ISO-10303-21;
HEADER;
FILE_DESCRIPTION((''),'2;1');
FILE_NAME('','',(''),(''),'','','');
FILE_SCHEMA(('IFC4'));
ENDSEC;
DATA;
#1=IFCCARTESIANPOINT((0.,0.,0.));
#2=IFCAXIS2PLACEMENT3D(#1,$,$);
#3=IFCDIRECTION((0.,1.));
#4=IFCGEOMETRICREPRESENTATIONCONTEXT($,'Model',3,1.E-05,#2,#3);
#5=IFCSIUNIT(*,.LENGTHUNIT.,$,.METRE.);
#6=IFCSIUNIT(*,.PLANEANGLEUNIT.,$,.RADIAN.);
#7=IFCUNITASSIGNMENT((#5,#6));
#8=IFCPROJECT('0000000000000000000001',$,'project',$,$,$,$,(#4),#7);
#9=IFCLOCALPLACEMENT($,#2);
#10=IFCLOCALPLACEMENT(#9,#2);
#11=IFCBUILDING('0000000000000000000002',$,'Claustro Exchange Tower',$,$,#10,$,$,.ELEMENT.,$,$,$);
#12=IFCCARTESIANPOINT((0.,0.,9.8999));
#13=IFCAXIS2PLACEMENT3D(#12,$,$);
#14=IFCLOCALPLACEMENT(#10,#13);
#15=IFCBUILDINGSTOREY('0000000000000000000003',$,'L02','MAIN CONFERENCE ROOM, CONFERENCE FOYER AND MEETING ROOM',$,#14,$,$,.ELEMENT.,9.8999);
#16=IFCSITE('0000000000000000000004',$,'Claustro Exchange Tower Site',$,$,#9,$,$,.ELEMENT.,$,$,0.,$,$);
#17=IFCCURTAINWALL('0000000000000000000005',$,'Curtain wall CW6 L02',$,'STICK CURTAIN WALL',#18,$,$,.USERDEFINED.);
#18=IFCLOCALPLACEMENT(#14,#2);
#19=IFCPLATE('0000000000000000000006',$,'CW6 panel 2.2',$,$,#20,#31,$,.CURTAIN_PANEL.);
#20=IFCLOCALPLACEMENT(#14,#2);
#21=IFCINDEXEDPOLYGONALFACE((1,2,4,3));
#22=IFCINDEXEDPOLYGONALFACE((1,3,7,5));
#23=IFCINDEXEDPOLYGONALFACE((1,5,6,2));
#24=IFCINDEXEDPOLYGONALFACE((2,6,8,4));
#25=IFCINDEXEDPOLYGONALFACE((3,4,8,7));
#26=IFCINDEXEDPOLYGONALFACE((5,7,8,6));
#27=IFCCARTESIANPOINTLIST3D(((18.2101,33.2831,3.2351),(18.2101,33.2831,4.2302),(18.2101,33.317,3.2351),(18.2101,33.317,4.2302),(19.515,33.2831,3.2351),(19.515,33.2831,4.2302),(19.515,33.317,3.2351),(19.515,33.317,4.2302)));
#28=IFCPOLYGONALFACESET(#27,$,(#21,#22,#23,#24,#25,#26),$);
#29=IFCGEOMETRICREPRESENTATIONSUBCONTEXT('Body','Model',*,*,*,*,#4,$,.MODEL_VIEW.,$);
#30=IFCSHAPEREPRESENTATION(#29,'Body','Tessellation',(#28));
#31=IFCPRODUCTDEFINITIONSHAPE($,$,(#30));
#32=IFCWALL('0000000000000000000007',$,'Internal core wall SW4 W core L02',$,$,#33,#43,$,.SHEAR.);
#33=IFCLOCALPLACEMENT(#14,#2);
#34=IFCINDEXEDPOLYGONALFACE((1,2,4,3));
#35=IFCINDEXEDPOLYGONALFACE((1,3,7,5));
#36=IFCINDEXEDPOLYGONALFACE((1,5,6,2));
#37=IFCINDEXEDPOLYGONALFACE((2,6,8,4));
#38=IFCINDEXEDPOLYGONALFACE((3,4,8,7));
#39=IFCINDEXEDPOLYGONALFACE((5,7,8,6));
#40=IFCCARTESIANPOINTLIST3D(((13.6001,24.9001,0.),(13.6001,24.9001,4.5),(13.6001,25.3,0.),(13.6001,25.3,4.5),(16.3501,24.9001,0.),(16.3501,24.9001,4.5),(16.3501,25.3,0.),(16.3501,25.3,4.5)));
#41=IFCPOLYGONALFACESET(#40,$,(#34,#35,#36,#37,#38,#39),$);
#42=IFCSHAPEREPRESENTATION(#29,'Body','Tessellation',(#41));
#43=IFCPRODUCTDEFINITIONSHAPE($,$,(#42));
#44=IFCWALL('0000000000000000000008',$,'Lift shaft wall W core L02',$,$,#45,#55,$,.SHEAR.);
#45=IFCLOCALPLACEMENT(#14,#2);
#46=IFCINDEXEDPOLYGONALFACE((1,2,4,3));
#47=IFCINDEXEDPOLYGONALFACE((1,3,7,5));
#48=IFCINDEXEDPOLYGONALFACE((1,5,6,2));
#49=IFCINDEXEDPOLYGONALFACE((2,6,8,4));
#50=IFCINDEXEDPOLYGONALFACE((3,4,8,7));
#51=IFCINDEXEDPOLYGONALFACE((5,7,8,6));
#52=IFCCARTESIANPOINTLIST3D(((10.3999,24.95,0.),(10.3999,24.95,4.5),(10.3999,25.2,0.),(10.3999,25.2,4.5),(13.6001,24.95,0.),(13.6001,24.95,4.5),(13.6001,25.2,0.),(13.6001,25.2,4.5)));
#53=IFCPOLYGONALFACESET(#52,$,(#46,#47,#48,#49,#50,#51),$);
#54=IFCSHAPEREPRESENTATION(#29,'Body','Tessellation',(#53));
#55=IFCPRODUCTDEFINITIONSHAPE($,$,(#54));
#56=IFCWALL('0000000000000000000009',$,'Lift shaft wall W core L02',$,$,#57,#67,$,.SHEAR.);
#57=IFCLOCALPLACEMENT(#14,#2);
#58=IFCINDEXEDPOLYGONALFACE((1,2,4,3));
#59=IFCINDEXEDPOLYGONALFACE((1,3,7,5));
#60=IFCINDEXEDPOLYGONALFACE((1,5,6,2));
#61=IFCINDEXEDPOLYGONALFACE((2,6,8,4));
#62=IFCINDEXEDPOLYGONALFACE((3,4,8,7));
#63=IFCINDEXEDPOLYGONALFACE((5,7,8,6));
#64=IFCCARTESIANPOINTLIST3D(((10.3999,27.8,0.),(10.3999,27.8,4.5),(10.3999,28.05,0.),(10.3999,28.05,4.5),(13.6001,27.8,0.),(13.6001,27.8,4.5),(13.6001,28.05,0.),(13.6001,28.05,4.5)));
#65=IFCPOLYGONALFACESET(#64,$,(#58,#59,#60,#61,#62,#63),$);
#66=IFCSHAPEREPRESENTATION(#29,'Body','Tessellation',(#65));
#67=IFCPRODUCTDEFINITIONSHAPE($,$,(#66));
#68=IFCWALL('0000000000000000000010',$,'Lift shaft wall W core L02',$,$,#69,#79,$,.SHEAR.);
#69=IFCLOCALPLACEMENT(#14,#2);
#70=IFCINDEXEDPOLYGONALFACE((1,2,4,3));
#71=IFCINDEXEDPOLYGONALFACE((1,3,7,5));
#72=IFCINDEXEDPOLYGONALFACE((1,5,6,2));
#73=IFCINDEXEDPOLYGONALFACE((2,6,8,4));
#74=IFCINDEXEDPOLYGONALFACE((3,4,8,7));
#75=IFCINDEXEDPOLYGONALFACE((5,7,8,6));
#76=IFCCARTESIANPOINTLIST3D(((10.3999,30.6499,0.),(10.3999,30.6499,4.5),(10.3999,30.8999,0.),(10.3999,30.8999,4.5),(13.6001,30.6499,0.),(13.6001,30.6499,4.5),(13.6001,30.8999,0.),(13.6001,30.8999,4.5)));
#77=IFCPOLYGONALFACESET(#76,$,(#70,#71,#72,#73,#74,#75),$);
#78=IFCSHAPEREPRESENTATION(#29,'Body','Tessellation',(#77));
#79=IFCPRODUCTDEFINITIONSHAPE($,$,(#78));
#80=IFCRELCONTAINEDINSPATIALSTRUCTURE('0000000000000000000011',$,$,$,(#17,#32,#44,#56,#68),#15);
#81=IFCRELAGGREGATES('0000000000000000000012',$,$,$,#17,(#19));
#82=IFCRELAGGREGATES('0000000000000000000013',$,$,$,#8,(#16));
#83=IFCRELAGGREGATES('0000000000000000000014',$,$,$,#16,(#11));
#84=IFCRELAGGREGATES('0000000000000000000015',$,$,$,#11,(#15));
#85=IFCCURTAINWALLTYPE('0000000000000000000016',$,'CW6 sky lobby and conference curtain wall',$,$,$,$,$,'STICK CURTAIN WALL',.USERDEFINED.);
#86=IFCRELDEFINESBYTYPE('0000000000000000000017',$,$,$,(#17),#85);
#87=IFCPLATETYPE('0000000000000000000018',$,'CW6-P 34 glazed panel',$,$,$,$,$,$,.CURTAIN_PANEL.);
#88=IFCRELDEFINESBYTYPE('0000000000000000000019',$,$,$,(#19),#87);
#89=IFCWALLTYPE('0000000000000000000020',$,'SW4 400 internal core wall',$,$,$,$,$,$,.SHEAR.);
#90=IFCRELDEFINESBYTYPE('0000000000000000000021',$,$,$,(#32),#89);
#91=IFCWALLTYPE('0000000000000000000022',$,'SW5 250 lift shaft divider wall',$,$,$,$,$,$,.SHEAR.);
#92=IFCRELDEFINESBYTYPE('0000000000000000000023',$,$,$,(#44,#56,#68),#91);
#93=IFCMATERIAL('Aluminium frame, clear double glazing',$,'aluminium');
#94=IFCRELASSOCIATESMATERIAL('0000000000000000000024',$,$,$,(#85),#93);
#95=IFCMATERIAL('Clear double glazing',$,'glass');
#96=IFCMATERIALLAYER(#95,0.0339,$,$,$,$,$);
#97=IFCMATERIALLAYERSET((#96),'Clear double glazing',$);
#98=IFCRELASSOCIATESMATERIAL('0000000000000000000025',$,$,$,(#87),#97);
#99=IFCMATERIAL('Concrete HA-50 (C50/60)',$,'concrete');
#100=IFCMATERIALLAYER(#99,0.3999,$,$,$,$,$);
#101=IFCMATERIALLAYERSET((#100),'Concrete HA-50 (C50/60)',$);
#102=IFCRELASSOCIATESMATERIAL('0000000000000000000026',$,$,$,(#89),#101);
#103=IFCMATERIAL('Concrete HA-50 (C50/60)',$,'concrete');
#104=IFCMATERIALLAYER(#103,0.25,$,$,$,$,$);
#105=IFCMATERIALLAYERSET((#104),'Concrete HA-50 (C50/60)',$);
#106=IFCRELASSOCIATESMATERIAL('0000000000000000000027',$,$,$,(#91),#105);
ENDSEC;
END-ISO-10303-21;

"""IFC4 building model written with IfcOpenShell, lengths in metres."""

from ifc_helpers import new_model, si_unit, direction, frame, frame_2d, origin, origin_2d, place, context, subcontext, project, spatial, rectangle, extrude, material, layer, layer_set, type_object, element, aggregate, save


model = new_model("IFC4")

# Units and contexts
model_context = context("Model", 3, precision=1e-05, world=origin(), true_north=direction((0.0, 1.0)))
body_context = subcontext(model_context, "Body", "Model", "MODEL_VIEW")
ifc_project = project(units=[si_unit("LENGTHUNIT", "METRE"), si_unit("PLANEANGLEUNIT", "RADIAN")], contexts=[model_context])

# Site, building, storey
site_placement = place(None, origin())
site = spatial("IfcSite", under=ifc_project, at=site_placement, Name="Claustro Exchange Tower Site", CompositionType="ELEMENT", RefElevation=0.0)
building_placement = place(site_placement, origin())
building = spatial("IfcBuilding", under=site, at=building_placement, Name="Claustro Exchange Tower", CompositionType="ELEMENT")
storey_placement = place(building_placement, frame((0.0, 0.0, 9.8999)))
storey = spatial("IfcBuildingStorey", under=building, at=storey_placement, Name="L02", Description="MAIN CONFERENCE ROOM, CONFERENCE FOYER AND MEETING ROOM", CompositionType="ELEMENT", Elevation=9.8999)

# Curtain wall, plate
ifc_material_1 = material(Name="Aluminium frame, clear double glazing", Category="aluminium")
curtain_wall_type_1 = type_object("IfcCurtainWallType", Name="CW6 sky lobby and conference curtain wall", ElementType="STICK CURTAIN WALL", PredefinedType="USERDEFINED", material=ifc_material_1)
curtain_wall_1_placement = place(storey_placement, origin())
curtain_wall_1 = element("IfcCurtainWall", 1, at=curtain_wall_1_placement, inside=storey, type_object=curtain_wall_type_1, Name="Curtain wall CW6 L02", ObjectType="STICK CURTAIN WALL", PredefinedType="USERDEFINED")
ifc_material_2 = material(Name="Clear double glazing", Category="glass")
ifc_layer_1 = layer(ifc_material_2, 0.0339)
ifc_layer_set_1 = layer_set([ifc_layer_1], Name="Clear double glazing")
plate_type = type_object("IfcPlateType", Name="CW6-P 34 glazed panel", PredefinedType="CURTAIN_PANEL", material=ifc_layer_set_1)
plate_1_placement = place(storey_placement, frame((18.8625, 33.3, 3.2351), z_axis=(0.0, 0.0, 1.0), x_axis=(1.0, 0.0, 0.0)))
plate_1 = element("IfcPlate", 2, at=plate_1_placement, type_object=plate_type, Name="CW6 panel 2.2", PredefinedType="CURTAIN_PANEL", context=body_context, shape_type="SweptSolid", body=[
    extrude(rectangle(XDim=1.3049, YDim=0.0339, at=origin_2d()), origin(), (0.0, 0.0, 1.0), 0.9951),
])
aggregate(curtain_wall_1, [plate_1])

# Walls
ifc_material_3 = material(Name="Concrete HA-50 (C50/60)", Category="concrete")
ifc_layer_2 = layer(ifc_material_3, 0.3999)
ifc_layer_set_2 = layer_set([ifc_layer_2], Name="Concrete HA-50 (C50/60)")
wall_type_1 = type_object("IfcWallType", Name="SW4 400 internal core wall", PredefinedType="SHEAR", material=ifc_layer_set_2)
wall_placement = place(storey_placement, frame((13.6001, 25.1001, 0.0), z_axis=(0.0, 0.0, 1.0), x_axis=(1.0, 0.0, 0.0)))
element("IfcWall", 3, at=wall_placement, inside=storey, type_object=wall_type_1, Name="Internal core wall SW4 W core L02", PredefinedType="SHEAR", context=body_context, shape_type="SweptSolid", body=[
    extrude(rectangle(XDim=2.75, YDim=0.3999, at=frame_2d((1.375, 0.0))), origin(), (0.0, 0.0, 1.0), 4.5),
])
ifc_material_4 = material(Name="Concrete HA-50 (C50/60)", Category="concrete")
ifc_layer_3 = layer(ifc_material_4, 0.25)
ifc_layer_set_3 = layer_set([ifc_layer_3], Name="Concrete HA-50 (C50/60)")
wall_type_2 = type_object("IfcWallType", Name="SW5 250 lift shaft divider wall", PredefinedType="SHEAR", material=ifc_layer_set_3)
for number, where, z_axis, x_axis, name in (
    (4, (10.3999, 25.075, 0.0), (0.0, 0.0, 1.0), (1.0, 0.0, 0.0), "Lift shaft wall W core L02"),
    (5, (10.3999, 27.925, 0.0), (0.0, 0.0, 1.0), (1.0, 0.0, 0.0), "Lift shaft wall W core L02"),
    (6, (10.3999, 30.7749, 0.0), (0.0, 0.0, 1.0), (1.0, 0.0, 0.0), "Lift shaft wall W core L02"),
):
    element("IfcWall", number, at=place(storey_placement, frame(where, z_axis=z_axis, x_axis=x_axis)), inside=storey, type_object=wall_type_2, Name=name, PredefinedType="SHEAR", context=body_context, shape_type="SweptSolid", body=[
        extrude(rectangle(XDim=3.2002, YDim=0.25, at=frame_2d((1.6001, 0.0))), origin(), (0.0, 0.0, 1.0), 4.5),
    ])

save(model, "model.ifc")
